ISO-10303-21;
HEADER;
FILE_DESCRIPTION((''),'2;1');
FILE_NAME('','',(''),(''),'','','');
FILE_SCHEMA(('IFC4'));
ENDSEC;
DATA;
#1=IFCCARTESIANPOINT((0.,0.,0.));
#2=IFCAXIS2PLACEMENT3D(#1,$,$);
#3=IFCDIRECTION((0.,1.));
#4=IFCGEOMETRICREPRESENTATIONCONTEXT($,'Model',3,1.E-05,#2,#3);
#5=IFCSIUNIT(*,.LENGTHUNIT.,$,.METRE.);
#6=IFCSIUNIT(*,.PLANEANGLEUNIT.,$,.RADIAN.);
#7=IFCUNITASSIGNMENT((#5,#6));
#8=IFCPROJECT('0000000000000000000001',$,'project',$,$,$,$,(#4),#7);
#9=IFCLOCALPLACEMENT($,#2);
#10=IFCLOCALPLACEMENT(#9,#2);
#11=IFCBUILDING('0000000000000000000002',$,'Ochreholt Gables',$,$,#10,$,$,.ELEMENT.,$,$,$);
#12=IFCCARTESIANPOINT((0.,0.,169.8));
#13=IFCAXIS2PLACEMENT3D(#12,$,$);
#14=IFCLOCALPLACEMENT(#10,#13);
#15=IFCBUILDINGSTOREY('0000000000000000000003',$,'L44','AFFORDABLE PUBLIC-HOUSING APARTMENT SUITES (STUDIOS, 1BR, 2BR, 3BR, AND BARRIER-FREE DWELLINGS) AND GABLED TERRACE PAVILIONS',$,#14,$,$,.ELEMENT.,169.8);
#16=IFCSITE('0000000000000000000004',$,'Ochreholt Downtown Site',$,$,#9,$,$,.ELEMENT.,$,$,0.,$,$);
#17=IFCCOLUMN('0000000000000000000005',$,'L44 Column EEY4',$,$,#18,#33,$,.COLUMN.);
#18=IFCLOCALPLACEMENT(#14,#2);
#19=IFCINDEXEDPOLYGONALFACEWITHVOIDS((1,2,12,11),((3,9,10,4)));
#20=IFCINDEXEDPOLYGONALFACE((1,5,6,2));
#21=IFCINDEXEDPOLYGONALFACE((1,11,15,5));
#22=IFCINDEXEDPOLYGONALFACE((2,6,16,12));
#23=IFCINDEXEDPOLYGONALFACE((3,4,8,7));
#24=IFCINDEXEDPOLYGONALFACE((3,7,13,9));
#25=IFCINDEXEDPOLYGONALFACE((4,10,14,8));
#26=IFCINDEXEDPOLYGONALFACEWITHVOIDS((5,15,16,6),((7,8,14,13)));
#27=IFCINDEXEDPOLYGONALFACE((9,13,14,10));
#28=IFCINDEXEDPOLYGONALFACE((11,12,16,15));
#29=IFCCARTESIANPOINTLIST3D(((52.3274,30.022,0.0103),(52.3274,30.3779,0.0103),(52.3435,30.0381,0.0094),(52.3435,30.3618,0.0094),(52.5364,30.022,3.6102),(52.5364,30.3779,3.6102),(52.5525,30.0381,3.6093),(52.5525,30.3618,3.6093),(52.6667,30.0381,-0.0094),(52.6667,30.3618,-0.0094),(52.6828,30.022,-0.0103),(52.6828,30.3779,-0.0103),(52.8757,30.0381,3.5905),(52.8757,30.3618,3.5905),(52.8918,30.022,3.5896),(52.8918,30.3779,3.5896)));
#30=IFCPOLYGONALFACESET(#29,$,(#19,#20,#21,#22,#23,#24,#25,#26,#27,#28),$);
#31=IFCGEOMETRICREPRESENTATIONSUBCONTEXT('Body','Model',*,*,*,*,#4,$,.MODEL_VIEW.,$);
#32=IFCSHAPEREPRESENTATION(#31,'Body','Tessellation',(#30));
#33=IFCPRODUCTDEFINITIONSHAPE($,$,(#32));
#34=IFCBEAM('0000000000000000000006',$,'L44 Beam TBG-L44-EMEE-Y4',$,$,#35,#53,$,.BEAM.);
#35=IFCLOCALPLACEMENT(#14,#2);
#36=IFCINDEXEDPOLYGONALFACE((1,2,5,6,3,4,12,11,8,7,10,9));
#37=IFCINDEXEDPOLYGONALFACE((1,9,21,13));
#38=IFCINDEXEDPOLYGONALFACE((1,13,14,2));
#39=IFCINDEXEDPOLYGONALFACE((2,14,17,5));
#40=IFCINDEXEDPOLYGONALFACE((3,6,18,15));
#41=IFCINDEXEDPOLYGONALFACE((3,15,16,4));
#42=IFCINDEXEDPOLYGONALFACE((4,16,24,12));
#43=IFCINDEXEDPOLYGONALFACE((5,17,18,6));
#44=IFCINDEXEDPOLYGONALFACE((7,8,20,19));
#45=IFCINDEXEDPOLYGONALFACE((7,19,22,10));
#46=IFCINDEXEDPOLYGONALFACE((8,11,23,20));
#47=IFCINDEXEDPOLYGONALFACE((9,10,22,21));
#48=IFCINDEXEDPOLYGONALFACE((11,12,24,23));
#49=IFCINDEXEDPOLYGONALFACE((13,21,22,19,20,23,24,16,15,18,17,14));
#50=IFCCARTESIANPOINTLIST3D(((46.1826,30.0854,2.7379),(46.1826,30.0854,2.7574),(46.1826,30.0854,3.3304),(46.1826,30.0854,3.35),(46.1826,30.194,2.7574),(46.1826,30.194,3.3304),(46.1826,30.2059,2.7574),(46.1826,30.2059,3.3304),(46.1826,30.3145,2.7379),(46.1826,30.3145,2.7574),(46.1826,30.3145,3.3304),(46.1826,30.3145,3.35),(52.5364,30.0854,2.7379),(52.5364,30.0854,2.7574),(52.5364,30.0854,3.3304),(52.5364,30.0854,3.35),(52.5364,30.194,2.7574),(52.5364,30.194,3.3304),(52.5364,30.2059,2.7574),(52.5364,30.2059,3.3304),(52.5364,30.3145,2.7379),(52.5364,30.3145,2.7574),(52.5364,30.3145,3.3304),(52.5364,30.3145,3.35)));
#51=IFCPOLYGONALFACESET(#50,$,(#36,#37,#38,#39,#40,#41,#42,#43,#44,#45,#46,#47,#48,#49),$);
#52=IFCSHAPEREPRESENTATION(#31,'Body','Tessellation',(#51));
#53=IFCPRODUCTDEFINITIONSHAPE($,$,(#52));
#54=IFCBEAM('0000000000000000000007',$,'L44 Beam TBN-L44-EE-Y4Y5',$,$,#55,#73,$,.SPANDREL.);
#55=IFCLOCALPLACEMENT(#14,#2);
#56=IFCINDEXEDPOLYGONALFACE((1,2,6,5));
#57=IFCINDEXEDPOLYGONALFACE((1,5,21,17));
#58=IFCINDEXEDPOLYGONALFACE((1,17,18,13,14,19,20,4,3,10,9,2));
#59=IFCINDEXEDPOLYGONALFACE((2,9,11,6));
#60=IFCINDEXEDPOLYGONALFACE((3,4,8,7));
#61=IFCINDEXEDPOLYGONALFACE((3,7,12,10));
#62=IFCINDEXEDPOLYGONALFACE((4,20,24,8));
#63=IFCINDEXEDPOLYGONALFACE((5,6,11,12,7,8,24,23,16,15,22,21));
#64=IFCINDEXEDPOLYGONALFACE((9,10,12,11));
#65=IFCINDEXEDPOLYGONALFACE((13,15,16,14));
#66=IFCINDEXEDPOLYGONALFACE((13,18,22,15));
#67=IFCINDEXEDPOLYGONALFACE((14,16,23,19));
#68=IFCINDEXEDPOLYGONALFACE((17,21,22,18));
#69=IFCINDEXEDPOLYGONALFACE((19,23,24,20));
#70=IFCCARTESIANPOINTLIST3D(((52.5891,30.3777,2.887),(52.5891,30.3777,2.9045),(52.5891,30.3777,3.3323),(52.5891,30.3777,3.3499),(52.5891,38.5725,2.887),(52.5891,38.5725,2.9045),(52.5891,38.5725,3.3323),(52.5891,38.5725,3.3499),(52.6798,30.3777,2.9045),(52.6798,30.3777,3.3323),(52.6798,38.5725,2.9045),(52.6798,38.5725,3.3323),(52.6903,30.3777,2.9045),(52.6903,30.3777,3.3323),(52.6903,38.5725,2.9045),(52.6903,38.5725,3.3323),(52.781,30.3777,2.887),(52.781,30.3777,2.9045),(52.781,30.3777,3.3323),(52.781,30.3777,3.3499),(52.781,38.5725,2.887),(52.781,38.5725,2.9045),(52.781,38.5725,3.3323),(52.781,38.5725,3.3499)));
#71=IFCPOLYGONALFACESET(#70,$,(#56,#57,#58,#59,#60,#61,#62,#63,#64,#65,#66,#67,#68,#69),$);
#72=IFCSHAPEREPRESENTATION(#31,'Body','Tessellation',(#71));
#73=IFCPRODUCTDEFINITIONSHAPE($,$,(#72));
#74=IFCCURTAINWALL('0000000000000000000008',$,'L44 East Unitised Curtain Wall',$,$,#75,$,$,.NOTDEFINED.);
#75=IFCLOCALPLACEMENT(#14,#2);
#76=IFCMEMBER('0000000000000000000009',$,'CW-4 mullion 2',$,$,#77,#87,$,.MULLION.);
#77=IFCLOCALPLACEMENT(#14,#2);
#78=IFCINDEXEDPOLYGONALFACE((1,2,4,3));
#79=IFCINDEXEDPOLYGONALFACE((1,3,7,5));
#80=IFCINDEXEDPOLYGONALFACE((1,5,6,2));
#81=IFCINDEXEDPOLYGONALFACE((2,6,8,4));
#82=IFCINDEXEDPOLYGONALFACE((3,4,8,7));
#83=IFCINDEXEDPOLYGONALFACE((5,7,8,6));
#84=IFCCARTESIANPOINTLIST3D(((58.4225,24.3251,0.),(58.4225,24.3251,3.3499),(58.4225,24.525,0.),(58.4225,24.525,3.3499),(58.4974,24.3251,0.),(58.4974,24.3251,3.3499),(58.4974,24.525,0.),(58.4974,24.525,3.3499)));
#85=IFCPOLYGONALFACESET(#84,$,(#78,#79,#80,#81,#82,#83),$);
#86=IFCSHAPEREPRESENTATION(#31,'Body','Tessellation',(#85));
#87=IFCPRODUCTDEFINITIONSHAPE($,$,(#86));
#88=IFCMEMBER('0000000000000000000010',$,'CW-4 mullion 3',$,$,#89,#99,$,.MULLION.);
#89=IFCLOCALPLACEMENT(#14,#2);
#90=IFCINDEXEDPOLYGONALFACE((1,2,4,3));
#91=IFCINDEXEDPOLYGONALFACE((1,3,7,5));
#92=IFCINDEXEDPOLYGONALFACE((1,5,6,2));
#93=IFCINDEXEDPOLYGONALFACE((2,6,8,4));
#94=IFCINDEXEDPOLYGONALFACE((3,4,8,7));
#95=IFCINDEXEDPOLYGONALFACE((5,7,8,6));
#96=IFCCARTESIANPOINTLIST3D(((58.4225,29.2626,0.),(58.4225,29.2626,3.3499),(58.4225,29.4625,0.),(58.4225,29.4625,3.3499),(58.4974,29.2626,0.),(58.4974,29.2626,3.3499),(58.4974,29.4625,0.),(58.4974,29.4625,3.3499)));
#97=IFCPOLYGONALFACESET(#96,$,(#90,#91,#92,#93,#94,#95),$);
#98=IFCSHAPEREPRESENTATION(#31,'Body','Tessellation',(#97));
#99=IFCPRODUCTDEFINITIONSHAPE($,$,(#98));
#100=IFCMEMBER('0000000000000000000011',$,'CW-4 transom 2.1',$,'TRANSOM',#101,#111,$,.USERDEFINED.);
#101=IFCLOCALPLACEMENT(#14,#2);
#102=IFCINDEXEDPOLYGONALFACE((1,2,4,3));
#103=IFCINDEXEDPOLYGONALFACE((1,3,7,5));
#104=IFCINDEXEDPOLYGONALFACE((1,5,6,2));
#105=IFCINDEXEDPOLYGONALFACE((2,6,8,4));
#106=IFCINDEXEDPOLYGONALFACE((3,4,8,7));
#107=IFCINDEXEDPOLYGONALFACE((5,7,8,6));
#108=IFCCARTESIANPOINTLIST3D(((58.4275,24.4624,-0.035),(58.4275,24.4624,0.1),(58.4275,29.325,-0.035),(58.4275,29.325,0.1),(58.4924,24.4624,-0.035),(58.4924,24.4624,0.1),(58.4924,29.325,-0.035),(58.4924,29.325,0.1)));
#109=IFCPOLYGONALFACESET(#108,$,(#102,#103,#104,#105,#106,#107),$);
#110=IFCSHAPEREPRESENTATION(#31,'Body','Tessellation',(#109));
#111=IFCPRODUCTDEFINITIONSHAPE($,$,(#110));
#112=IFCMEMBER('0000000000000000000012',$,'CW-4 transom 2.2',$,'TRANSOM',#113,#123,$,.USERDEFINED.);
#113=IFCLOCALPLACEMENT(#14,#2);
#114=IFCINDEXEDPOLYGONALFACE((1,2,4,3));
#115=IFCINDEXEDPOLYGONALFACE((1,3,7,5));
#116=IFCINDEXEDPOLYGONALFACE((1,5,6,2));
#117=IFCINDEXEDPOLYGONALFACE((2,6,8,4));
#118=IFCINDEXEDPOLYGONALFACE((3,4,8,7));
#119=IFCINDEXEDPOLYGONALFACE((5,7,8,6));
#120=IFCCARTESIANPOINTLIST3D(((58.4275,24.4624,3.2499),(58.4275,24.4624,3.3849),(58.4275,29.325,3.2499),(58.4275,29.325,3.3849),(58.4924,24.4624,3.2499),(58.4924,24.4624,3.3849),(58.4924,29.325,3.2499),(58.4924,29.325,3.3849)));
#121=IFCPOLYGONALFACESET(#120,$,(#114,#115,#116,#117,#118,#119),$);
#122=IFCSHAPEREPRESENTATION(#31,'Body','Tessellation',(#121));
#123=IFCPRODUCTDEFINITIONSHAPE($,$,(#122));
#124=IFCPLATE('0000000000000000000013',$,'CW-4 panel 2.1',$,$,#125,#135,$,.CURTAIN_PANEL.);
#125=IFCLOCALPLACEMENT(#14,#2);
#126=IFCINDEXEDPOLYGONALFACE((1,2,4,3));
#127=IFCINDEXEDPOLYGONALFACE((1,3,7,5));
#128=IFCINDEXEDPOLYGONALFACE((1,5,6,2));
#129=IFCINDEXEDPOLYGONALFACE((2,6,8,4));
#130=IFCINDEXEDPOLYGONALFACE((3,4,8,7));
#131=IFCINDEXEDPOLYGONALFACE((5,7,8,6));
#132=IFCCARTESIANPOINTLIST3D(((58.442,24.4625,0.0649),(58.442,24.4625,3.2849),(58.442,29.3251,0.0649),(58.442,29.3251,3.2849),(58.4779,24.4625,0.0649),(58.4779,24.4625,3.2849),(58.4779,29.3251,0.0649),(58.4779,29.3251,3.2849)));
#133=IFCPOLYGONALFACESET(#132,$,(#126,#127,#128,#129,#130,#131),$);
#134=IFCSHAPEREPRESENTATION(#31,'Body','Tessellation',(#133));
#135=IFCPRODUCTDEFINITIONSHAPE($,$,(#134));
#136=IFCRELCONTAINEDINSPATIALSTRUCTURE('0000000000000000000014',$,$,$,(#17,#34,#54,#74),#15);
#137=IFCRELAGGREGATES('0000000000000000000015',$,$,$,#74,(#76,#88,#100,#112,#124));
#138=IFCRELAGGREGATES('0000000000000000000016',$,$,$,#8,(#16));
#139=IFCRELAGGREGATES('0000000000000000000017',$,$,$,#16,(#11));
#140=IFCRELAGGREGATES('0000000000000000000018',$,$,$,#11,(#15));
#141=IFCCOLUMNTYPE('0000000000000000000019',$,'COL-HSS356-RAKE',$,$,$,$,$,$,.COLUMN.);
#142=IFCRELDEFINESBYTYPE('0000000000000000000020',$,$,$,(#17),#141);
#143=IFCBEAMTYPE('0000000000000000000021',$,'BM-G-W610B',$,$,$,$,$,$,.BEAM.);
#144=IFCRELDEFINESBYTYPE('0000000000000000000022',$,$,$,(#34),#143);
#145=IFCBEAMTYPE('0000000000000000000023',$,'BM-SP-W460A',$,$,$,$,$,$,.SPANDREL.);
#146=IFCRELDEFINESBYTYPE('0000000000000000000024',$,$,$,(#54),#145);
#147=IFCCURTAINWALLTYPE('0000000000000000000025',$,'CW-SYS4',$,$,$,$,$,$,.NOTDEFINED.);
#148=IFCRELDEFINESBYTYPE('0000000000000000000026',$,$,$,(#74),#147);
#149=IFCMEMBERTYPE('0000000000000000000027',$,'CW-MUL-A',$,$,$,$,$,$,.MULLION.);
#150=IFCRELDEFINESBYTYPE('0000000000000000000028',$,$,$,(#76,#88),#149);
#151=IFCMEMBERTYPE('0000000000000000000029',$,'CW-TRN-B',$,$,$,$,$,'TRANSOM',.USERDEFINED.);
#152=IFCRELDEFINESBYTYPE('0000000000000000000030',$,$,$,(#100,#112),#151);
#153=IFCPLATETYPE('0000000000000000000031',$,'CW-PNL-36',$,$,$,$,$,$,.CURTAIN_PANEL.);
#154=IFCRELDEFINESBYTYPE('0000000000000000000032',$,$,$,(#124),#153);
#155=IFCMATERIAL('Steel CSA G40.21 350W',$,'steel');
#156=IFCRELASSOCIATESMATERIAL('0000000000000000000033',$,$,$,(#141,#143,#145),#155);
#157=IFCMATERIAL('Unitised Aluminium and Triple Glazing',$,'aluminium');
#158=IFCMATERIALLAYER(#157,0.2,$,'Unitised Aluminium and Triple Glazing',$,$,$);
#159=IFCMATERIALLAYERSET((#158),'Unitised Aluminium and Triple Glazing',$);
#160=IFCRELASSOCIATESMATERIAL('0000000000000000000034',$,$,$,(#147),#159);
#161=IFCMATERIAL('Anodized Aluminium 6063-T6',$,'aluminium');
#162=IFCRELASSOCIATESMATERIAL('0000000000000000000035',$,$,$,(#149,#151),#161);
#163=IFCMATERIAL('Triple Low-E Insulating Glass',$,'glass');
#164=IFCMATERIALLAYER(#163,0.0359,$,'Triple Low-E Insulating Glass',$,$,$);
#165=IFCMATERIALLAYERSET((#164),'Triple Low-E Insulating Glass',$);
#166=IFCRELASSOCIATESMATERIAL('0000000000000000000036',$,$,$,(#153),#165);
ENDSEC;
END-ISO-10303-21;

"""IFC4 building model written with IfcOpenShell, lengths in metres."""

from ifc_helpers import new_model, si_unit, direction, frame, origin, origin_2d, place, context, subcontext, project, spatial, rectangle, hollow_rectangle, i_section, extrude, material, layer, layer_set, material_profile, profile_set, type_object, element, aggregate, save


model = new_model("IFC4")

# Units and contexts
model_context = context("Model", 3, precision=1e-05, world=origin(), true_north=direction((0.0, 1.0)))
body_context = subcontext(model_context, "Body", "Model", "MODEL_VIEW")
ifc_project = project(units=[si_unit("LENGTHUNIT", "METRE"), si_unit("PLANEANGLEUNIT", "RADIAN")], contexts=[model_context])

# Site, building, storey
site_placement = place(None, origin())
site = spatial("IfcSite", under=ifc_project, at=site_placement, Name="Ochreholt Downtown Site", CompositionType="ELEMENT", RefElevation=0.0)
building_placement = place(site_placement, origin())
building = spatial("IfcBuilding", under=site, at=building_placement, Name="Ochreholt Gables", CompositionType="ELEMENT")
storey_placement = place(building_placement, frame((0.0, 0.0, 169.8)))
storey = spatial("IfcBuildingStorey", under=building, at=storey_placement, Name="L44", Description="AFFORDABLE PUBLIC-HOUSING APARTMENT SUITES (STUDIOS, 1BR, 2BR, 3BR, AND BARRIER-FREE DWELLINGS) AND GABLED TERRACE PAVILIONS", CompositionType="ELEMENT", Elevation=169.8)

# Column
ifc_material_1 = material(Name="Steel CSA G40.21 350W", Category="steel")
ifc_material_profile_1 = material_profile(ifc_material_1, hollow_rectangle(XDim=0.356, YDim=0.356, WallThickness=0.0161, at=origin_2d()), Name="HSS356X356X16")
ifc_profile_set_1 = profile_set([ifc_material_profile_1], Name="Steel CSA G40.21 350W")
column_type = type_object("IfcColumnType", Name="COL-HSS356-RAKE", PredefinedType="COLUMN", material=ifc_profile_set_1)
column_placement = place(storey_placement, frame((52.5051, 30.2, 0.0), z_axis=(0.057956, 0.0, 0.998319), x_axis=(0.0, 1.0, 0.0)))
element("IfcColumn", 1, at=column_placement, inside=storey, type_object=column_type, Name="L44 Column EEY4", PredefinedType="COLUMN", context=body_context, shape_type="SweptSolid", body=[
    extrude(hollow_rectangle(XDim=0.356, YDim=0.356, WallThickness=0.0161, at=origin_2d()), origin(), (0.0, 0.0, 1.0), 3.606),
])

# Beams
ifc_material_profile_2 = material_profile(ifc_material_1, i_section(OverallWidth=0.229, OverallDepth=0.6121, WebThickness=0.012, FlangeThickness=0.0195, at=origin_2d()), Name="W610X125")
ifc_profile_set_2 = profile_set([ifc_material_profile_2], Name="Steel CSA G40.21 350W")
beam_type_1 = type_object("IfcBeamType", Name="BM-G-W610B", PredefinedType="BEAM", material=ifc_profile_set_2)
beam_1_placement = place(storey_placement, frame((46.1826, 30.2, 3.0439), z_axis=(1.0, 0.0, 0.0), x_axis=(0.0, 1.0, 0.0)))
element("IfcBeam", 2, at=beam_1_placement, inside=storey, type_object=beam_type_1, Name="L44 Beam TBG-L44-EMEE-Y4", PredefinedType="BEAM", context=body_context, shape_type="SweptSolid", body=[
    extrude(i_section(OverallWidth=0.229, OverallDepth=0.6121, WebThickness=0.012, FlangeThickness=0.0195, at=origin_2d()), origin(), (0.0, 0.0, 1.0), 6.3538),
])
ifc_material_profile_3 = material_profile(ifc_material_1, i_section(OverallWidth=0.1919, OverallDepth=0.4629, WebThickness=0.0105, FlangeThickness=0.0176, at=origin_2d()), Name="W460X89")
ifc_profile_set_3 = profile_set([ifc_material_profile_3], Name="Steel CSA G40.21 350W")
beam_type_2 = type_object("IfcBeamType", Name="BM-SP-W460A", PredefinedType="SPANDREL", material=ifc_profile_set_3)
beam_2_placement = place(storey_placement, frame((52.6851, 30.3777, 3.1184), z_axis=(0.0, 1.0, 0.0), x_axis=(-1.0, 0.0, 0.0)))
element("IfcBeam", 3, at=beam_2_placement, inside=storey, type_object=beam_type_2, Name="L44 Beam TBN-L44-EE-Y4Y5", PredefinedType="SPANDREL", context=body_context, shape_type="SweptSolid", body=[
    extrude(i_section(OverallWidth=0.1919, OverallDepth=0.4629, WebThickness=0.0105, FlangeThickness=0.0176, at=origin_2d()), origin(), (0.0, 0.0, 1.0), 8.1948),
])

# Curtain wall, members, plate
ifc_material_2 = material(Name="Unitised Aluminium and Triple Glazing", Category="aluminium")
ifc_layer_1 = layer(ifc_material_2, 0.2, Name="Unitised Aluminium and Triple Glazing")
ifc_layer_set_1 = layer_set([ifc_layer_1], Name="Unitised Aluminium and Triple Glazing")
curtain_wall_type = type_object("IfcCurtainWallType", Name="CW-SYS4", PredefinedType="NOTDEFINED", material=ifc_layer_set_1)
curtain_wall_placement = place(storey_placement, origin())
curtain_wall = element("IfcCurtainWall", 4, at=curtain_wall_placement, inside=storey, type_object=curtain_wall_type, Name="L44 East Unitised Curtain Wall", PredefinedType="NOTDEFINED")
ifc_material_3 = material(Name="Anodized Aluminium 6063-T6", Category="aluminium")
ifc_material_profile_4 = material_profile(ifc_material_3, rectangle(XDim=0.075, YDim=0.2, at=origin_2d()), Name="CWM75X200")
ifc_profile_set_4 = profile_set([ifc_material_profile_4], Name="Anodized Aluminium 6063-T6")
member_type_1 = type_object("IfcMemberType", Name="CW-MUL-A", PredefinedType="MULLION", material=ifc_profile_set_4)
member_1_placement = place(storey_placement, frame((58.46, 24.425, 0.0), z_axis=(0.0, 0.0, 1.0), x_axis=(-1.0, 0.0, 0.0)))
member_1 = element("IfcMember", 5, at=member_1_placement, type_object=member_type_1, Name="CW-4 mullion 2", PredefinedType="MULLION", context=body_context, shape_type="SweptSolid", body=[
    extrude(rectangle(XDim=0.075, YDim=0.2, at=origin_2d()), origin(), (0.0, 0.0, 1.0), 3.3499),
])
member_2_placement = place(storey_placement, frame((58.46, 29.3625, 0.0), z_axis=(0.0, 0.0, 1.0), x_axis=(-1.0, 0.0, 0.0)))
member_2 = element("IfcMember", 6, at=member_2_placement, type_object=member_type_1, Name="CW-4 mullion 3", PredefinedType="MULLION", context=body_context, shape_type="SweptSolid", body=[
    extrude(rectangle(XDim=0.075, YDim=0.2, at=origin_2d()), origin(), (0.0, 0.0, 1.0), 3.3499),
])
ifc_material_profile_5 = material_profile(ifc_material_3, rectangle(XDim=0.0649, YDim=0.135, at=origin_2d()), Name="CWT65X135")
ifc_profile_set_5 = profile_set([ifc_material_profile_5], Name="Anodized Aluminium 6063-T6")
member_type_2 = type_object("IfcMemberType", Name="CW-TRN-B", ElementType="TRANSOM", PredefinedType="USERDEFINED", material=ifc_profile_set_5)
member_3_placement = place(storey_placement, frame((58.46, 24.4624, 0.0325), z_axis=(0.0, 1.0, 0.0), x_axis=(-1.0, 0.0, 0.0)))
member_3 = element("IfcMember", 7, at=member_3_placement, type_object=member_type_2, Name="CW-4 transom 2.1", ObjectType="TRANSOM", PredefinedType="USERDEFINED", context=body_context, shape_type="SweptSolid", body=[
    extrude(rectangle(XDim=0.0649, YDim=0.135, at=origin_2d()), origin(), (0.0, 0.0, 1.0), 4.8625),
])
member_4_placement = place(storey_placement, frame((58.46, 24.4624, 3.3174), z_axis=(0.0, 1.0, 0.0), x_axis=(-1.0, 0.0, 0.0)))
member_4 = element("IfcMember", 8, at=member_4_placement, type_object=member_type_2, Name="CW-4 transom 2.2", ObjectType="TRANSOM", PredefinedType="USERDEFINED", context=body_context, shape_type="SweptSolid", body=[
    extrude(rectangle(XDim=0.0649, YDim=0.135, at=origin_2d()), origin(), (0.0, 0.0, 1.0), 4.8625),
])
ifc_material_4 = material(Name="Triple Low-E Insulating Glass", Category="glass")
ifc_layer_2 = layer(ifc_material_4, 0.0359, Name="Triple Low-E Insulating Glass")
ifc_layer_set_2 = layer_set([ifc_layer_2], Name="Triple Low-E Insulating Glass")
plate_type = type_object("IfcPlateType", Name="CW-PNL-36", PredefinedType="CURTAIN_PANEL", material=ifc_layer_set_2)
plate_placement = place(storey_placement, frame((58.46, 26.8938, 0.0649), z_axis=(0.0, 0.0, 1.0), x_axis=(0.0, 1.0, 0.0)))
plate = element("IfcPlate", 9, at=plate_placement, type_object=plate_type, Name="CW-4 panel 2.1", PredefinedType="CURTAIN_PANEL", context=body_context, shape_type="SweptSolid", body=[
    extrude(rectangle(XDim=4.8625, YDim=0.0359, at=origin_2d()), origin(), (0.0, 0.0, 1.0), 3.22),
])
aggregate(curtain_wall, [member_1, member_2, member_3, member_4, plate])

save(model, "model.ifc")
